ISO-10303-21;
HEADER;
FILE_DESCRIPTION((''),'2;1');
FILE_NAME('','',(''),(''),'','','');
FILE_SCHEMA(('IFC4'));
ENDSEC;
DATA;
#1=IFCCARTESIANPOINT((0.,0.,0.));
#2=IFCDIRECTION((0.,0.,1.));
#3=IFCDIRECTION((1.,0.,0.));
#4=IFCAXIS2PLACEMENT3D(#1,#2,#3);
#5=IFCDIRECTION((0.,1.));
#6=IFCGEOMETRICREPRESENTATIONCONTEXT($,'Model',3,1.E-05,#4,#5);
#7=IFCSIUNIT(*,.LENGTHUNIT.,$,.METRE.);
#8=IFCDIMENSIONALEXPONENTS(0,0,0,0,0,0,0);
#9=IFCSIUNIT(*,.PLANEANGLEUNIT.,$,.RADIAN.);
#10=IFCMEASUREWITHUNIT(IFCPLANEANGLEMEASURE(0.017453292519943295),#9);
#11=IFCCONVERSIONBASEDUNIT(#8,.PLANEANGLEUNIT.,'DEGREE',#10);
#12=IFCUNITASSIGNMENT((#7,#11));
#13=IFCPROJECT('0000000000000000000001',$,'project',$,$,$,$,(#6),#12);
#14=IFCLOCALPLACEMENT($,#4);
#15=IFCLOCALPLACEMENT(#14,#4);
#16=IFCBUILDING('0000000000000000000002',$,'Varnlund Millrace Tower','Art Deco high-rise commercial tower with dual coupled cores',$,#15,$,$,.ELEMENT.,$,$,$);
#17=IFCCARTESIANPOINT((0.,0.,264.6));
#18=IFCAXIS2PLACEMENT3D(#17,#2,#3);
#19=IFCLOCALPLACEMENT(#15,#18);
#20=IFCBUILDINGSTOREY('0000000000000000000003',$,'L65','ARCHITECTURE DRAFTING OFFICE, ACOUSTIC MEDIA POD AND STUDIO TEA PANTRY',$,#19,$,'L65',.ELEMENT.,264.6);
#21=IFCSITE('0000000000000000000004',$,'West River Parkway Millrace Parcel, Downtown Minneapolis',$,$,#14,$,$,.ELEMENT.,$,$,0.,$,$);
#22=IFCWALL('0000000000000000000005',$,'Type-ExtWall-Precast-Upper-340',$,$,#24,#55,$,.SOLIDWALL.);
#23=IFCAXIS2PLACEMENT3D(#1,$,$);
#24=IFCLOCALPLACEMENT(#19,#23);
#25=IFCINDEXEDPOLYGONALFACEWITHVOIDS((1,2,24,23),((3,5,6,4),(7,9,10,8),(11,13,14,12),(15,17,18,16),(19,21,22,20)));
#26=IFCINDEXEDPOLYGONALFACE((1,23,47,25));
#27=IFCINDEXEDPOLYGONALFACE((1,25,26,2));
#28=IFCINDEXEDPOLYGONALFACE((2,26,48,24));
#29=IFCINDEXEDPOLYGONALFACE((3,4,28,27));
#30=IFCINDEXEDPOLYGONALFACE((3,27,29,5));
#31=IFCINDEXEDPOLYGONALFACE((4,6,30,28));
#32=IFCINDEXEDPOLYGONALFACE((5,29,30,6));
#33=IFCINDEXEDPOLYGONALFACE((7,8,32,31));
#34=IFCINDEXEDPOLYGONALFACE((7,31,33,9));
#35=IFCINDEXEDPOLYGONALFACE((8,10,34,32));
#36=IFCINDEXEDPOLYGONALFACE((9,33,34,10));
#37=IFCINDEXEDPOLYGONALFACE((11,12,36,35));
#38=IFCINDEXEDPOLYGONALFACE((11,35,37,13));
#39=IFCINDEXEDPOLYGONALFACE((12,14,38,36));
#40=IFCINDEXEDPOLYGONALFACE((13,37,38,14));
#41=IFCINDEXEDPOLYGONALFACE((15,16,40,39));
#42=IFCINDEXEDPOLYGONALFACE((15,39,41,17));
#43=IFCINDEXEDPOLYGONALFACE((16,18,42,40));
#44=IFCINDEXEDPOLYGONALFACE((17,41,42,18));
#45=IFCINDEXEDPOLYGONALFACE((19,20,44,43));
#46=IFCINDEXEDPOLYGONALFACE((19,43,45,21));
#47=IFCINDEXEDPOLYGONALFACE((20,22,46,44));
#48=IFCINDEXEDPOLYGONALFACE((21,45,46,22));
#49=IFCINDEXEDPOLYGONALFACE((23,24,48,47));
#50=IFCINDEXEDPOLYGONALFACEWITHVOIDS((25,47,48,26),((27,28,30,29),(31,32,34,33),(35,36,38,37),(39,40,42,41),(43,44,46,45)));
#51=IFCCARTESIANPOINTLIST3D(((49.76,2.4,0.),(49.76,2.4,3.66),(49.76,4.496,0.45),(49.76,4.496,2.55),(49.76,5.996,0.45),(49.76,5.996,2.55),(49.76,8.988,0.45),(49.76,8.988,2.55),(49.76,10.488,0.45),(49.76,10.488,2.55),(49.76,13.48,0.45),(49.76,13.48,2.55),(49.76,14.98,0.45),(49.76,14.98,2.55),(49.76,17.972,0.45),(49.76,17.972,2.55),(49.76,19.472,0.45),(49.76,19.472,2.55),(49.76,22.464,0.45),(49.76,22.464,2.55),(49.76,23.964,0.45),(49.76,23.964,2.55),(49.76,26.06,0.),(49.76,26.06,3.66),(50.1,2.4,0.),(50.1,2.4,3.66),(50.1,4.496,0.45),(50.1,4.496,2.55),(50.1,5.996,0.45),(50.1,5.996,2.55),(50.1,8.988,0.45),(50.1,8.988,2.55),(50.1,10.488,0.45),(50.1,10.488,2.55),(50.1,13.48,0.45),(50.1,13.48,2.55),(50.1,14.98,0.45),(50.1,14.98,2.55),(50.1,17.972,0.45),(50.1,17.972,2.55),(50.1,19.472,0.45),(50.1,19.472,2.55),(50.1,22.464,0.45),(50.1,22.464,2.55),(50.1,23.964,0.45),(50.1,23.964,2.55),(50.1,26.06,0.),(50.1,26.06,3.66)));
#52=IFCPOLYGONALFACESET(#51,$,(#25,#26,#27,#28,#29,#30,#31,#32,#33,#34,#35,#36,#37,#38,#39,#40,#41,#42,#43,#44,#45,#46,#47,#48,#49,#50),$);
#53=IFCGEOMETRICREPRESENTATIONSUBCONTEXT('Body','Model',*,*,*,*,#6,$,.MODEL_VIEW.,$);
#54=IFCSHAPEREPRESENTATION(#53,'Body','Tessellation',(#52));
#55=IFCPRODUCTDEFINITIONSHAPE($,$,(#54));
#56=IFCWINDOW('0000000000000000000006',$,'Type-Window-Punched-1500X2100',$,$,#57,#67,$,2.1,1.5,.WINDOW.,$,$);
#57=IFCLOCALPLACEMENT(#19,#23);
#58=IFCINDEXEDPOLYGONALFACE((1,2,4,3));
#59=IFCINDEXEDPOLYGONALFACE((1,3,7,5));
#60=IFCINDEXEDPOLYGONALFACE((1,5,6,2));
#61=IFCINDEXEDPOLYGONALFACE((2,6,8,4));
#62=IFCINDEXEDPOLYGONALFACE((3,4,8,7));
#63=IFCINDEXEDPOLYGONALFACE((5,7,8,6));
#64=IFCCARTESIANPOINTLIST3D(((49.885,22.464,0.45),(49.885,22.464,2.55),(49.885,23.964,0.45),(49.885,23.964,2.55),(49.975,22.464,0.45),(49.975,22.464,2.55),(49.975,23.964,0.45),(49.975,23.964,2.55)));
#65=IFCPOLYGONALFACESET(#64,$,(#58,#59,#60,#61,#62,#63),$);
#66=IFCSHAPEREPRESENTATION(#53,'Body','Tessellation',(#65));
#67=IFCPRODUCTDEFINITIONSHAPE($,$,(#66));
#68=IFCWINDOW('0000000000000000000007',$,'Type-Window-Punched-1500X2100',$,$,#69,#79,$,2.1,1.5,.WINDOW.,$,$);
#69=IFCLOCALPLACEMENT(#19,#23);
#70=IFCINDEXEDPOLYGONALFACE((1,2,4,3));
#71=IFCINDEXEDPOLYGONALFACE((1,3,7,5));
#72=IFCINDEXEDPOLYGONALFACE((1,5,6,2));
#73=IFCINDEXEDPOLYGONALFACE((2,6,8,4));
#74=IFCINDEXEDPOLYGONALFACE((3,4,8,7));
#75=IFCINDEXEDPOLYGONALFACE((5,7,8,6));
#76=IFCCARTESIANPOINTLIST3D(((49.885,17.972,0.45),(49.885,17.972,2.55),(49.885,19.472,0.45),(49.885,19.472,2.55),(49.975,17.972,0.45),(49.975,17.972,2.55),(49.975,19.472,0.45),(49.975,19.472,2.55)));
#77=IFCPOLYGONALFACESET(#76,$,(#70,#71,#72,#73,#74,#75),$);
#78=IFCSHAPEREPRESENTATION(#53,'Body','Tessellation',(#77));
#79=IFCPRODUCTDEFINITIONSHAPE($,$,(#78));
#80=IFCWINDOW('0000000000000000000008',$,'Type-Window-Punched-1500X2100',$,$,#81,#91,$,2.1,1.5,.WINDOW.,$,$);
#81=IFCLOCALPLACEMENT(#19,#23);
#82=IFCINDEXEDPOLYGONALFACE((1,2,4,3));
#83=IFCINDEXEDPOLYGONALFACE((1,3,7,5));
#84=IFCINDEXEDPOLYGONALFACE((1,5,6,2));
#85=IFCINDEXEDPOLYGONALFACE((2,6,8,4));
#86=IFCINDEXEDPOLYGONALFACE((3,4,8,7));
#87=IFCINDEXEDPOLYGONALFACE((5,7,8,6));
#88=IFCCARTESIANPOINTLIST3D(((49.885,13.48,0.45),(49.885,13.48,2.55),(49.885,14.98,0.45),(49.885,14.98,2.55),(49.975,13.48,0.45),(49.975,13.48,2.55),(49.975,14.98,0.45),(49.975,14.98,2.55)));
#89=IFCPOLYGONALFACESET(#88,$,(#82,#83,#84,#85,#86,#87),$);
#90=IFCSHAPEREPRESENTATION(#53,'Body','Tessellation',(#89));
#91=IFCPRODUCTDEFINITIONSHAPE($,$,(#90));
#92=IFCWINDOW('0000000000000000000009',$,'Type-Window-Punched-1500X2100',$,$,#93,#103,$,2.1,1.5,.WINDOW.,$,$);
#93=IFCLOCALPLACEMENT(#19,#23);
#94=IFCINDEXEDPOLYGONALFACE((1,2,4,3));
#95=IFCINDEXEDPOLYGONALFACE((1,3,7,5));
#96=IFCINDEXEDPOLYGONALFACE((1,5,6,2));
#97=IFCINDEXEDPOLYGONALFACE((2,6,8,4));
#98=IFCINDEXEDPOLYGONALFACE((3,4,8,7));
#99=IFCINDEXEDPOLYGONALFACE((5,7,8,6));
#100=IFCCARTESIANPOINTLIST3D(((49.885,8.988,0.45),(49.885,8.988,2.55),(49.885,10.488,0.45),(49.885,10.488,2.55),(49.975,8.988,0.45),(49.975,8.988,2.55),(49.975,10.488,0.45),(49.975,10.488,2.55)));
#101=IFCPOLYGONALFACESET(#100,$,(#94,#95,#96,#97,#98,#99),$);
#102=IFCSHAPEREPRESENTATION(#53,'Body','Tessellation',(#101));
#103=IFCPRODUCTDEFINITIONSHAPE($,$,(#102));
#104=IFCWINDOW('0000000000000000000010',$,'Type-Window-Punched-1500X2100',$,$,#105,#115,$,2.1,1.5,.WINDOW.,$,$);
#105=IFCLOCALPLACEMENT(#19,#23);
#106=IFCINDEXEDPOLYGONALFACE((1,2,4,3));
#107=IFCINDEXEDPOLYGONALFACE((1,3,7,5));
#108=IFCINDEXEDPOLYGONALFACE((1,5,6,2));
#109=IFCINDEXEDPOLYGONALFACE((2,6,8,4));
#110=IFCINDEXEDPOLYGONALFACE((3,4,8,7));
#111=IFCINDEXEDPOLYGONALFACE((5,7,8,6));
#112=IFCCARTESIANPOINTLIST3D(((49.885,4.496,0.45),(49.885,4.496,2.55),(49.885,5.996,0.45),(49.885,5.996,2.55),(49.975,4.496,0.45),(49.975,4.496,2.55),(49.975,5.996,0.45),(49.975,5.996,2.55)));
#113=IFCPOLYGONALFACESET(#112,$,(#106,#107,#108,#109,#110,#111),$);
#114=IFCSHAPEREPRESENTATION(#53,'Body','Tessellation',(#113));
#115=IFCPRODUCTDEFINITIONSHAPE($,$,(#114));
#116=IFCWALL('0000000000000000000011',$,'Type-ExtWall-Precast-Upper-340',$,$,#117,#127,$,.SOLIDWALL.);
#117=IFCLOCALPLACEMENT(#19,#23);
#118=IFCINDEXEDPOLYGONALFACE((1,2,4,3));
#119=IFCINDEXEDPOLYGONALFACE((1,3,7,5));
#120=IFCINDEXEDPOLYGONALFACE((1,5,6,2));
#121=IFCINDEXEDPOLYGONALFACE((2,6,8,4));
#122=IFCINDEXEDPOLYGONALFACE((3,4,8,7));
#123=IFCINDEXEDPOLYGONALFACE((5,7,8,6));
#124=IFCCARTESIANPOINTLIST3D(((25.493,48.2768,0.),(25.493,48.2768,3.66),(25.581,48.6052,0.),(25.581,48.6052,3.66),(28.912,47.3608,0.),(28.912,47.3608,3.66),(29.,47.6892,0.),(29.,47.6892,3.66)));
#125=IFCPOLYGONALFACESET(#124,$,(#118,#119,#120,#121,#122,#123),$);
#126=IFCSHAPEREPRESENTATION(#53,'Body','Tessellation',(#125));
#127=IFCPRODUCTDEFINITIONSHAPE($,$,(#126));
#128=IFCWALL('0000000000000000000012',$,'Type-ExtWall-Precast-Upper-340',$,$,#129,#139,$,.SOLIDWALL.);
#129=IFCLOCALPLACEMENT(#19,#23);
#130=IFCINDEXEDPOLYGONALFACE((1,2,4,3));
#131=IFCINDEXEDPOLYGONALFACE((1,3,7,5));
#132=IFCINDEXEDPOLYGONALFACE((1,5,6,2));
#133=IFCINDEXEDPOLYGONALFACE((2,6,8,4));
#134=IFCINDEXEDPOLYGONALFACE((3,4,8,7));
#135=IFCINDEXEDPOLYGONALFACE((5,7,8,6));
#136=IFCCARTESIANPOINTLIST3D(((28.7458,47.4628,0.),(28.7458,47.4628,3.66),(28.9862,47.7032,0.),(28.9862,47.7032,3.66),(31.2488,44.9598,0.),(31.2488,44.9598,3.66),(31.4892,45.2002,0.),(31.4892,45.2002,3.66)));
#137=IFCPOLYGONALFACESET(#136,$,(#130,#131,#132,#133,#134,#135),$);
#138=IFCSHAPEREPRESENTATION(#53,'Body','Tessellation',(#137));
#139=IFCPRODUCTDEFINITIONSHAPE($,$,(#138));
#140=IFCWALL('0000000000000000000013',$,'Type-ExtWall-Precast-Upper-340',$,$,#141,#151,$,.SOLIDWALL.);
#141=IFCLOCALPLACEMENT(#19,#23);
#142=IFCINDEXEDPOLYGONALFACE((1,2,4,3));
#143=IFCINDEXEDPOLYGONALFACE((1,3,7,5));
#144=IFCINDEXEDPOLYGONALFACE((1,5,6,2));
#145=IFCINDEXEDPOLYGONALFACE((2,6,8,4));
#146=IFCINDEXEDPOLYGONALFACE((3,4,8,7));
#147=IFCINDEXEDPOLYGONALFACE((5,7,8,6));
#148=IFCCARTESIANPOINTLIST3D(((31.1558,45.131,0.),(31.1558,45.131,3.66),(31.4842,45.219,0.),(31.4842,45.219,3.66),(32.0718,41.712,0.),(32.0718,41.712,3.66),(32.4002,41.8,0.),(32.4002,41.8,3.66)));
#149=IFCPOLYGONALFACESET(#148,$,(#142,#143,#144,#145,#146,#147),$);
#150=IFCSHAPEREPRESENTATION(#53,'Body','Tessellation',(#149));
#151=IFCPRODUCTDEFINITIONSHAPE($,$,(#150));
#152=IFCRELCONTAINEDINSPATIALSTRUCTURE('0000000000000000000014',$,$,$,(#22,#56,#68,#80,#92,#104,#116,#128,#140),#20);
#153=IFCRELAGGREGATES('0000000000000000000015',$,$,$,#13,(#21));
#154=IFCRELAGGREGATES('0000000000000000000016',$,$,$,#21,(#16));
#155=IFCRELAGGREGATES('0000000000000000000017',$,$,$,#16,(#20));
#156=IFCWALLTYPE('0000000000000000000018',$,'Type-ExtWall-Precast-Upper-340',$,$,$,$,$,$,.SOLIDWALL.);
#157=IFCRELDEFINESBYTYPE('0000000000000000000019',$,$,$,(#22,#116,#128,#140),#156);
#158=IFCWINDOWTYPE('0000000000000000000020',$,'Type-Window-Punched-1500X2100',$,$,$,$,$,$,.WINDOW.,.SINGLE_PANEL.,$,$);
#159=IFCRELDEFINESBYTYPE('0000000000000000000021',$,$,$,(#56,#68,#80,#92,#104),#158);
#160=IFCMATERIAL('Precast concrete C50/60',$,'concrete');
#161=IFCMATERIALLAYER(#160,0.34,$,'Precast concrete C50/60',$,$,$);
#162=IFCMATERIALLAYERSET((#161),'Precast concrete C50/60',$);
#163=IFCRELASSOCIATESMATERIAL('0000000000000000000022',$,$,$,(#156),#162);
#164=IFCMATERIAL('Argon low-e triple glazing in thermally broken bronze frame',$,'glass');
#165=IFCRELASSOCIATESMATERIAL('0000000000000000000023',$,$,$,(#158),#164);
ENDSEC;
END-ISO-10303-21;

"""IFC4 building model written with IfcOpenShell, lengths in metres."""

from ifc_helpers import new_model, entity, si_unit, converted_unit, direction, frame, origin_with_axes, origin_2d_with_axis, place, context, subcontext, project, spatial, polyline, rectangle, outline, extrude, material, layer, layer_set, type_object, element, fill, save


model = new_model("IFC4")

# Units and contexts
model_context = context("Model", 3, precision=1e-05, world=origin_with_axes(), true_north=direction((0.0, 1.0)))
body_context = subcontext(model_context, "Body", "Model", "MODEL_VIEW")
ifc_project = project(units=[si_unit("LENGTHUNIT", "METRE"), converted_unit("PLANEANGLEUNIT", "DEGREE", entity("IfcPlaneAngleMeasure", 0.017453292519943295), si_unit("PLANEANGLEUNIT", "RADIAN"), dimensions=[0, 0, 0, 0, 0, 0, 0])], contexts=[model_context])

# Site, building, storey
site_placement = place(None, origin_with_axes())
site = spatial("IfcSite", under=ifc_project, at=site_placement, Name="West River Parkway Millrace Parcel, Downtown Minneapolis", CompositionType="ELEMENT", RefElevation=0.0)
building_placement = place(site_placement, origin_with_axes())
building = spatial("IfcBuilding", under=site, at=building_placement, Name="Varnlund Millrace Tower", Description="Art Deco high-rise commercial tower with dual coupled cores", CompositionType="ELEMENT")
storey_placement = place(building_placement, frame((0.0, 0.0, 264.6), z_axis=(0.0, 0.0, 1.0), x_axis=(1.0, 0.0, 0.0)))
storey = spatial("IfcBuildingStorey", under=building, at=storey_placement, Name="L65", Description="ARCHITECTURE DRAFTING OFFICE, ACOUSTIC MEDIA POD AND STUDIO TEA PANTRY", LongName="L65", CompositionType="ELEMENT", Elevation=264.6)

# Shared definitions
ifc_material_1 = material(Name="Precast concrete C50/60", Category="concrete")
ifc_layer_1 = layer(ifc_material_1, 0.34, Name="Precast concrete C50/60")
ifc_layer_set_1 = layer_set([ifc_layer_1], Name="Precast concrete C50/60")
wall_type_1 = type_object("IfcWallType", Name="Type-ExtWall-Precast-Upper-340", PredefinedType="SOLIDWALL", material=ifc_layer_set_1)
ifc_material_2 = material(Name="Argon low-e triple glazing in thermally broken bronze frame", Category="glass")
window_type = type_object("IfcWindowType", Name="Type-Window-Punched-1500X2100", PartitioningType="SINGLE_PANEL", PredefinedType="WINDOW", material=ifc_material_2)

# Wall, openings, windows
wall_1_placement = place(storey_placement, frame((49.93, 26.06, 0.0), z_axis=(0.0, 0.0, 1.0), x_axis=(0.0, -1.0, 0.0)))
wall_1 = element("IfcWall", 1, at=wall_1_placement, inside=storey, type_object=wall_type_1, Name="Type-ExtWall-Precast-Upper-340", PredefinedType="SOLIDWALL", context=body_context, shape_type="SweptSolid", body=[
    extrude(outline(polyline([(0.0, -0.17), (23.66, -0.17), (23.66, 0.17), (0.0, 0.17), (0.0, -0.17)])), origin_with_axes(), (0.0, 0.0, 1.0), 3.66),
])
opening_1_placement = place(wall_1_placement, frame((2.846, 0.0, 0.45), z_axis=(0.0, 0.0, 1.0), x_axis=(1.0, 0.0, 0.0)))
opening_1 = element("IfcOpeningElement", 2, at=opening_1_placement, cuts=wall_1, PredefinedType="OPENING", context=body_context, shape_type="SweptSolid", body=[
    extrude(rectangle(XDim=1.5, YDim=0.36, at=origin_2d_with_axis()), origin_with_axes(), (0.0, 0.0, 1.0), 2.1),
])
opening_2_placement = place(wall_1_placement, frame((7.338, 0.0, 0.45), z_axis=(0.0, 0.0, 1.0), x_axis=(1.0, 0.0, 0.0)))
opening_2 = element("IfcOpeningElement", 3, at=opening_2_placement, cuts=wall_1, PredefinedType="OPENING", context=body_context, shape_type="SweptSolid", body=[
    extrude(rectangle(XDim=1.5, YDim=0.36, at=origin_2d_with_axis()), origin_with_axes(), (0.0, 0.0, 1.0), 2.1),
])
opening_3_placement = place(wall_1_placement, frame((11.83, 0.0, 0.45), z_axis=(0.0, 0.0, 1.0), x_axis=(1.0, 0.0, 0.0)))
opening_3 = element("IfcOpeningElement", 4, at=opening_3_placement, cuts=wall_1, PredefinedType="OPENING", context=body_context, shape_type="SweptSolid", body=[
    extrude(rectangle(XDim=1.5, YDim=0.36, at=origin_2d_with_axis()), origin_with_axes(), (0.0, 0.0, 1.0), 2.1),
])
opening_4_placement = place(wall_1_placement, frame((16.322, 0.0, 0.45), z_axis=(0.0, 0.0, 1.0), x_axis=(1.0, 0.0, 0.0)))
opening_4 = element("IfcOpeningElement", 5, at=opening_4_placement, cuts=wall_1, PredefinedType="OPENING", context=body_context, shape_type="SweptSolid", body=[
    extrude(rectangle(XDim=1.5, YDim=0.36, at=origin_2d_with_axis()), origin_with_axes(), (0.0, 0.0, 1.0), 2.1),
])
opening_5_placement = place(wall_1_placement, frame((20.814, 0.0, 0.45), z_axis=(0.0, 0.0, 1.0), x_axis=(1.0, 0.0, 0.0)))
opening_5 = element("IfcOpeningElement", 6, at=opening_5_placement, cuts=wall_1, PredefinedType="OPENING", context=body_context, shape_type="SweptSolid", body=[
    extrude(rectangle(XDim=1.5, YDim=0.36, at=origin_2d_with_axis()), origin_with_axes(), (0.0, 0.0, 1.0), 2.1),
])
window_1_placement = place(wall_1_placement, frame((2.846, 0.0, 0.45), z_axis=(0.0, 0.0, 1.0), x_axis=(1.0, 0.0, 0.0)))
window_1 = element("IfcWindow", 7, at=window_1_placement, inside=storey, type_object=window_type, Name="Type-Window-Punched-1500X2100", OverallHeight=2.1, OverallWidth=1.5, PredefinedType="WINDOW", context=body_context, shape_type="SweptSolid", body=[
    extrude(rectangle(XDim=1.5, YDim=0.09, at=origin_2d_with_axis()), origin_with_axes(), (0.0, 0.0, 1.0), 2.1),
])
fill(opening_1, window_1)
window_2_placement = place(wall_1_placement, frame((7.338, 0.0, 0.45), z_axis=(0.0, 0.0, 1.0), x_axis=(1.0, 0.0, 0.0)))
window_2 = element("IfcWindow", 8, at=window_2_placement, inside=storey, type_object=window_type, Name="Type-Window-Punched-1500X2100", OverallHeight=2.1, OverallWidth=1.5, PredefinedType="WINDOW", context=body_context, shape_type="SweptSolid", body=[
    extrude(rectangle(XDim=1.5, YDim=0.09, at=origin_2d_with_axis()), origin_with_axes(), (0.0, 0.0, 1.0), 2.1),
])
fill(opening_2, window_2)
window_3_placement = place(wall_1_placement, frame((11.83, 0.0, 0.45), z_axis=(0.0, 0.0, 1.0), x_axis=(1.0, 0.0, 0.0)))
window_3 = element("IfcWindow", 9, at=window_3_placement, inside=storey, type_object=window_type, Name="Type-Window-Punched-1500X2100", OverallHeight=2.1, OverallWidth=1.5, PredefinedType="WINDOW", context=body_context, shape_type="SweptSolid", body=[
    extrude(rectangle(XDim=1.5, YDim=0.09, at=origin_2d_with_axis()), origin_with_axes(), (0.0, 0.0, 1.0), 2.1),
])
fill(opening_3, window_3)
window_4_placement = place(wall_1_placement, frame((16.322, 0.0, 0.45), z_axis=(0.0, 0.0, 1.0), x_axis=(1.0, 0.0, 0.0)))
window_4 = element("IfcWindow", 10, at=window_4_placement, inside=storey, type_object=window_type, Name="Type-Window-Punched-1500X2100", OverallHeight=2.1, OverallWidth=1.5, PredefinedType="WINDOW", context=body_context, shape_type="SweptSolid", body=[
    extrude(rectangle(XDim=1.5, YDim=0.09, at=origin_2d_with_axis()), origin_with_axes(), (0.0, 0.0, 1.0), 2.1),
])
fill(opening_4, window_4)
window_5_placement = place(wall_1_placement, frame((20.814, 0.0, 0.45), z_axis=(0.0, 0.0, 1.0), x_axis=(1.0, 0.0, 0.0)))
window_5 = element("IfcWindow", 11, at=window_5_placement, inside=storey, type_object=window_type, Name="Type-Window-Punched-1500X2100", OverallHeight=2.1, OverallWidth=1.5, PredefinedType="WINDOW", context=body_context, shape_type="SweptSolid", body=[
    extrude(rectangle(XDim=1.5, YDim=0.09, at=origin_2d_with_axis()), origin_with_axes(), (0.0, 0.0, 1.0), 2.1),
])
fill(opening_5, window_5)

# Walls
wall_2_placement = place(storey_placement, frame((25.537, 48.441, 0.0), z_axis=(0.0, 0.0, 1.0), x_axis=(0.965934, -0.258788, 0.0)))
element("IfcWall", 12, at=wall_2_placement, inside=storey, type_object=wall_type_1, Name="Type-ExtWall-Precast-Upper-340", PredefinedType="SOLIDWALL", context=body_context, shape_type="SweptSolid", body=[
    extrude(outline(polyline([(0.0, -0.17), (3.5396, -0.17), (3.5396, 0.17), (0.0, 0.17), (0.0, -0.17)])), origin_with_axes(), (0.0, 0.0, 1.0), 3.66),
])
wall_3_placement = place(storey_placement, frame((28.866, 47.583, 0.0), z_axis=(0.0, 0.0, 1.0), x_axis=(0.707107, -0.707107, 0.0)))
element("IfcWall", 13, at=wall_3_placement, inside=storey, type_object=wall_type_1, Name="Type-ExtWall-Precast-Upper-340", PredefinedType="SOLIDWALL", context=body_context, shape_type="SweptSolid", body=[
    extrude(outline(polyline([(0.0, -0.17), (3.5398, -0.17), (3.5398, 0.17), (0.0, 0.17), (0.0, -0.17)])), origin_with_axes(), (0.0, 0.0, 1.0), 3.66),
])
wall_4_placement = place(storey_placement, frame((31.32, 45.175, 0.0), z_axis=(0.0, 0.0, 1.0), x_axis=(0.258788, -0.965934, 0.0)))
element("IfcWall", 14, at=wall_4_placement, inside=storey, type_object=wall_type_1, Name="Type-ExtWall-Precast-Upper-340", PredefinedType="SOLIDWALL", context=body_context, shape_type="SweptSolid", body=[
    extrude(outline(polyline([(0.0, -0.17), (3.5396, -0.17), (3.5396, 0.17), (0.0, 0.17), (0.0, -0.17)])), origin_with_axes(), (0.0, 0.0, 1.0), 3.66),
])

save(model, "model.ifc")
